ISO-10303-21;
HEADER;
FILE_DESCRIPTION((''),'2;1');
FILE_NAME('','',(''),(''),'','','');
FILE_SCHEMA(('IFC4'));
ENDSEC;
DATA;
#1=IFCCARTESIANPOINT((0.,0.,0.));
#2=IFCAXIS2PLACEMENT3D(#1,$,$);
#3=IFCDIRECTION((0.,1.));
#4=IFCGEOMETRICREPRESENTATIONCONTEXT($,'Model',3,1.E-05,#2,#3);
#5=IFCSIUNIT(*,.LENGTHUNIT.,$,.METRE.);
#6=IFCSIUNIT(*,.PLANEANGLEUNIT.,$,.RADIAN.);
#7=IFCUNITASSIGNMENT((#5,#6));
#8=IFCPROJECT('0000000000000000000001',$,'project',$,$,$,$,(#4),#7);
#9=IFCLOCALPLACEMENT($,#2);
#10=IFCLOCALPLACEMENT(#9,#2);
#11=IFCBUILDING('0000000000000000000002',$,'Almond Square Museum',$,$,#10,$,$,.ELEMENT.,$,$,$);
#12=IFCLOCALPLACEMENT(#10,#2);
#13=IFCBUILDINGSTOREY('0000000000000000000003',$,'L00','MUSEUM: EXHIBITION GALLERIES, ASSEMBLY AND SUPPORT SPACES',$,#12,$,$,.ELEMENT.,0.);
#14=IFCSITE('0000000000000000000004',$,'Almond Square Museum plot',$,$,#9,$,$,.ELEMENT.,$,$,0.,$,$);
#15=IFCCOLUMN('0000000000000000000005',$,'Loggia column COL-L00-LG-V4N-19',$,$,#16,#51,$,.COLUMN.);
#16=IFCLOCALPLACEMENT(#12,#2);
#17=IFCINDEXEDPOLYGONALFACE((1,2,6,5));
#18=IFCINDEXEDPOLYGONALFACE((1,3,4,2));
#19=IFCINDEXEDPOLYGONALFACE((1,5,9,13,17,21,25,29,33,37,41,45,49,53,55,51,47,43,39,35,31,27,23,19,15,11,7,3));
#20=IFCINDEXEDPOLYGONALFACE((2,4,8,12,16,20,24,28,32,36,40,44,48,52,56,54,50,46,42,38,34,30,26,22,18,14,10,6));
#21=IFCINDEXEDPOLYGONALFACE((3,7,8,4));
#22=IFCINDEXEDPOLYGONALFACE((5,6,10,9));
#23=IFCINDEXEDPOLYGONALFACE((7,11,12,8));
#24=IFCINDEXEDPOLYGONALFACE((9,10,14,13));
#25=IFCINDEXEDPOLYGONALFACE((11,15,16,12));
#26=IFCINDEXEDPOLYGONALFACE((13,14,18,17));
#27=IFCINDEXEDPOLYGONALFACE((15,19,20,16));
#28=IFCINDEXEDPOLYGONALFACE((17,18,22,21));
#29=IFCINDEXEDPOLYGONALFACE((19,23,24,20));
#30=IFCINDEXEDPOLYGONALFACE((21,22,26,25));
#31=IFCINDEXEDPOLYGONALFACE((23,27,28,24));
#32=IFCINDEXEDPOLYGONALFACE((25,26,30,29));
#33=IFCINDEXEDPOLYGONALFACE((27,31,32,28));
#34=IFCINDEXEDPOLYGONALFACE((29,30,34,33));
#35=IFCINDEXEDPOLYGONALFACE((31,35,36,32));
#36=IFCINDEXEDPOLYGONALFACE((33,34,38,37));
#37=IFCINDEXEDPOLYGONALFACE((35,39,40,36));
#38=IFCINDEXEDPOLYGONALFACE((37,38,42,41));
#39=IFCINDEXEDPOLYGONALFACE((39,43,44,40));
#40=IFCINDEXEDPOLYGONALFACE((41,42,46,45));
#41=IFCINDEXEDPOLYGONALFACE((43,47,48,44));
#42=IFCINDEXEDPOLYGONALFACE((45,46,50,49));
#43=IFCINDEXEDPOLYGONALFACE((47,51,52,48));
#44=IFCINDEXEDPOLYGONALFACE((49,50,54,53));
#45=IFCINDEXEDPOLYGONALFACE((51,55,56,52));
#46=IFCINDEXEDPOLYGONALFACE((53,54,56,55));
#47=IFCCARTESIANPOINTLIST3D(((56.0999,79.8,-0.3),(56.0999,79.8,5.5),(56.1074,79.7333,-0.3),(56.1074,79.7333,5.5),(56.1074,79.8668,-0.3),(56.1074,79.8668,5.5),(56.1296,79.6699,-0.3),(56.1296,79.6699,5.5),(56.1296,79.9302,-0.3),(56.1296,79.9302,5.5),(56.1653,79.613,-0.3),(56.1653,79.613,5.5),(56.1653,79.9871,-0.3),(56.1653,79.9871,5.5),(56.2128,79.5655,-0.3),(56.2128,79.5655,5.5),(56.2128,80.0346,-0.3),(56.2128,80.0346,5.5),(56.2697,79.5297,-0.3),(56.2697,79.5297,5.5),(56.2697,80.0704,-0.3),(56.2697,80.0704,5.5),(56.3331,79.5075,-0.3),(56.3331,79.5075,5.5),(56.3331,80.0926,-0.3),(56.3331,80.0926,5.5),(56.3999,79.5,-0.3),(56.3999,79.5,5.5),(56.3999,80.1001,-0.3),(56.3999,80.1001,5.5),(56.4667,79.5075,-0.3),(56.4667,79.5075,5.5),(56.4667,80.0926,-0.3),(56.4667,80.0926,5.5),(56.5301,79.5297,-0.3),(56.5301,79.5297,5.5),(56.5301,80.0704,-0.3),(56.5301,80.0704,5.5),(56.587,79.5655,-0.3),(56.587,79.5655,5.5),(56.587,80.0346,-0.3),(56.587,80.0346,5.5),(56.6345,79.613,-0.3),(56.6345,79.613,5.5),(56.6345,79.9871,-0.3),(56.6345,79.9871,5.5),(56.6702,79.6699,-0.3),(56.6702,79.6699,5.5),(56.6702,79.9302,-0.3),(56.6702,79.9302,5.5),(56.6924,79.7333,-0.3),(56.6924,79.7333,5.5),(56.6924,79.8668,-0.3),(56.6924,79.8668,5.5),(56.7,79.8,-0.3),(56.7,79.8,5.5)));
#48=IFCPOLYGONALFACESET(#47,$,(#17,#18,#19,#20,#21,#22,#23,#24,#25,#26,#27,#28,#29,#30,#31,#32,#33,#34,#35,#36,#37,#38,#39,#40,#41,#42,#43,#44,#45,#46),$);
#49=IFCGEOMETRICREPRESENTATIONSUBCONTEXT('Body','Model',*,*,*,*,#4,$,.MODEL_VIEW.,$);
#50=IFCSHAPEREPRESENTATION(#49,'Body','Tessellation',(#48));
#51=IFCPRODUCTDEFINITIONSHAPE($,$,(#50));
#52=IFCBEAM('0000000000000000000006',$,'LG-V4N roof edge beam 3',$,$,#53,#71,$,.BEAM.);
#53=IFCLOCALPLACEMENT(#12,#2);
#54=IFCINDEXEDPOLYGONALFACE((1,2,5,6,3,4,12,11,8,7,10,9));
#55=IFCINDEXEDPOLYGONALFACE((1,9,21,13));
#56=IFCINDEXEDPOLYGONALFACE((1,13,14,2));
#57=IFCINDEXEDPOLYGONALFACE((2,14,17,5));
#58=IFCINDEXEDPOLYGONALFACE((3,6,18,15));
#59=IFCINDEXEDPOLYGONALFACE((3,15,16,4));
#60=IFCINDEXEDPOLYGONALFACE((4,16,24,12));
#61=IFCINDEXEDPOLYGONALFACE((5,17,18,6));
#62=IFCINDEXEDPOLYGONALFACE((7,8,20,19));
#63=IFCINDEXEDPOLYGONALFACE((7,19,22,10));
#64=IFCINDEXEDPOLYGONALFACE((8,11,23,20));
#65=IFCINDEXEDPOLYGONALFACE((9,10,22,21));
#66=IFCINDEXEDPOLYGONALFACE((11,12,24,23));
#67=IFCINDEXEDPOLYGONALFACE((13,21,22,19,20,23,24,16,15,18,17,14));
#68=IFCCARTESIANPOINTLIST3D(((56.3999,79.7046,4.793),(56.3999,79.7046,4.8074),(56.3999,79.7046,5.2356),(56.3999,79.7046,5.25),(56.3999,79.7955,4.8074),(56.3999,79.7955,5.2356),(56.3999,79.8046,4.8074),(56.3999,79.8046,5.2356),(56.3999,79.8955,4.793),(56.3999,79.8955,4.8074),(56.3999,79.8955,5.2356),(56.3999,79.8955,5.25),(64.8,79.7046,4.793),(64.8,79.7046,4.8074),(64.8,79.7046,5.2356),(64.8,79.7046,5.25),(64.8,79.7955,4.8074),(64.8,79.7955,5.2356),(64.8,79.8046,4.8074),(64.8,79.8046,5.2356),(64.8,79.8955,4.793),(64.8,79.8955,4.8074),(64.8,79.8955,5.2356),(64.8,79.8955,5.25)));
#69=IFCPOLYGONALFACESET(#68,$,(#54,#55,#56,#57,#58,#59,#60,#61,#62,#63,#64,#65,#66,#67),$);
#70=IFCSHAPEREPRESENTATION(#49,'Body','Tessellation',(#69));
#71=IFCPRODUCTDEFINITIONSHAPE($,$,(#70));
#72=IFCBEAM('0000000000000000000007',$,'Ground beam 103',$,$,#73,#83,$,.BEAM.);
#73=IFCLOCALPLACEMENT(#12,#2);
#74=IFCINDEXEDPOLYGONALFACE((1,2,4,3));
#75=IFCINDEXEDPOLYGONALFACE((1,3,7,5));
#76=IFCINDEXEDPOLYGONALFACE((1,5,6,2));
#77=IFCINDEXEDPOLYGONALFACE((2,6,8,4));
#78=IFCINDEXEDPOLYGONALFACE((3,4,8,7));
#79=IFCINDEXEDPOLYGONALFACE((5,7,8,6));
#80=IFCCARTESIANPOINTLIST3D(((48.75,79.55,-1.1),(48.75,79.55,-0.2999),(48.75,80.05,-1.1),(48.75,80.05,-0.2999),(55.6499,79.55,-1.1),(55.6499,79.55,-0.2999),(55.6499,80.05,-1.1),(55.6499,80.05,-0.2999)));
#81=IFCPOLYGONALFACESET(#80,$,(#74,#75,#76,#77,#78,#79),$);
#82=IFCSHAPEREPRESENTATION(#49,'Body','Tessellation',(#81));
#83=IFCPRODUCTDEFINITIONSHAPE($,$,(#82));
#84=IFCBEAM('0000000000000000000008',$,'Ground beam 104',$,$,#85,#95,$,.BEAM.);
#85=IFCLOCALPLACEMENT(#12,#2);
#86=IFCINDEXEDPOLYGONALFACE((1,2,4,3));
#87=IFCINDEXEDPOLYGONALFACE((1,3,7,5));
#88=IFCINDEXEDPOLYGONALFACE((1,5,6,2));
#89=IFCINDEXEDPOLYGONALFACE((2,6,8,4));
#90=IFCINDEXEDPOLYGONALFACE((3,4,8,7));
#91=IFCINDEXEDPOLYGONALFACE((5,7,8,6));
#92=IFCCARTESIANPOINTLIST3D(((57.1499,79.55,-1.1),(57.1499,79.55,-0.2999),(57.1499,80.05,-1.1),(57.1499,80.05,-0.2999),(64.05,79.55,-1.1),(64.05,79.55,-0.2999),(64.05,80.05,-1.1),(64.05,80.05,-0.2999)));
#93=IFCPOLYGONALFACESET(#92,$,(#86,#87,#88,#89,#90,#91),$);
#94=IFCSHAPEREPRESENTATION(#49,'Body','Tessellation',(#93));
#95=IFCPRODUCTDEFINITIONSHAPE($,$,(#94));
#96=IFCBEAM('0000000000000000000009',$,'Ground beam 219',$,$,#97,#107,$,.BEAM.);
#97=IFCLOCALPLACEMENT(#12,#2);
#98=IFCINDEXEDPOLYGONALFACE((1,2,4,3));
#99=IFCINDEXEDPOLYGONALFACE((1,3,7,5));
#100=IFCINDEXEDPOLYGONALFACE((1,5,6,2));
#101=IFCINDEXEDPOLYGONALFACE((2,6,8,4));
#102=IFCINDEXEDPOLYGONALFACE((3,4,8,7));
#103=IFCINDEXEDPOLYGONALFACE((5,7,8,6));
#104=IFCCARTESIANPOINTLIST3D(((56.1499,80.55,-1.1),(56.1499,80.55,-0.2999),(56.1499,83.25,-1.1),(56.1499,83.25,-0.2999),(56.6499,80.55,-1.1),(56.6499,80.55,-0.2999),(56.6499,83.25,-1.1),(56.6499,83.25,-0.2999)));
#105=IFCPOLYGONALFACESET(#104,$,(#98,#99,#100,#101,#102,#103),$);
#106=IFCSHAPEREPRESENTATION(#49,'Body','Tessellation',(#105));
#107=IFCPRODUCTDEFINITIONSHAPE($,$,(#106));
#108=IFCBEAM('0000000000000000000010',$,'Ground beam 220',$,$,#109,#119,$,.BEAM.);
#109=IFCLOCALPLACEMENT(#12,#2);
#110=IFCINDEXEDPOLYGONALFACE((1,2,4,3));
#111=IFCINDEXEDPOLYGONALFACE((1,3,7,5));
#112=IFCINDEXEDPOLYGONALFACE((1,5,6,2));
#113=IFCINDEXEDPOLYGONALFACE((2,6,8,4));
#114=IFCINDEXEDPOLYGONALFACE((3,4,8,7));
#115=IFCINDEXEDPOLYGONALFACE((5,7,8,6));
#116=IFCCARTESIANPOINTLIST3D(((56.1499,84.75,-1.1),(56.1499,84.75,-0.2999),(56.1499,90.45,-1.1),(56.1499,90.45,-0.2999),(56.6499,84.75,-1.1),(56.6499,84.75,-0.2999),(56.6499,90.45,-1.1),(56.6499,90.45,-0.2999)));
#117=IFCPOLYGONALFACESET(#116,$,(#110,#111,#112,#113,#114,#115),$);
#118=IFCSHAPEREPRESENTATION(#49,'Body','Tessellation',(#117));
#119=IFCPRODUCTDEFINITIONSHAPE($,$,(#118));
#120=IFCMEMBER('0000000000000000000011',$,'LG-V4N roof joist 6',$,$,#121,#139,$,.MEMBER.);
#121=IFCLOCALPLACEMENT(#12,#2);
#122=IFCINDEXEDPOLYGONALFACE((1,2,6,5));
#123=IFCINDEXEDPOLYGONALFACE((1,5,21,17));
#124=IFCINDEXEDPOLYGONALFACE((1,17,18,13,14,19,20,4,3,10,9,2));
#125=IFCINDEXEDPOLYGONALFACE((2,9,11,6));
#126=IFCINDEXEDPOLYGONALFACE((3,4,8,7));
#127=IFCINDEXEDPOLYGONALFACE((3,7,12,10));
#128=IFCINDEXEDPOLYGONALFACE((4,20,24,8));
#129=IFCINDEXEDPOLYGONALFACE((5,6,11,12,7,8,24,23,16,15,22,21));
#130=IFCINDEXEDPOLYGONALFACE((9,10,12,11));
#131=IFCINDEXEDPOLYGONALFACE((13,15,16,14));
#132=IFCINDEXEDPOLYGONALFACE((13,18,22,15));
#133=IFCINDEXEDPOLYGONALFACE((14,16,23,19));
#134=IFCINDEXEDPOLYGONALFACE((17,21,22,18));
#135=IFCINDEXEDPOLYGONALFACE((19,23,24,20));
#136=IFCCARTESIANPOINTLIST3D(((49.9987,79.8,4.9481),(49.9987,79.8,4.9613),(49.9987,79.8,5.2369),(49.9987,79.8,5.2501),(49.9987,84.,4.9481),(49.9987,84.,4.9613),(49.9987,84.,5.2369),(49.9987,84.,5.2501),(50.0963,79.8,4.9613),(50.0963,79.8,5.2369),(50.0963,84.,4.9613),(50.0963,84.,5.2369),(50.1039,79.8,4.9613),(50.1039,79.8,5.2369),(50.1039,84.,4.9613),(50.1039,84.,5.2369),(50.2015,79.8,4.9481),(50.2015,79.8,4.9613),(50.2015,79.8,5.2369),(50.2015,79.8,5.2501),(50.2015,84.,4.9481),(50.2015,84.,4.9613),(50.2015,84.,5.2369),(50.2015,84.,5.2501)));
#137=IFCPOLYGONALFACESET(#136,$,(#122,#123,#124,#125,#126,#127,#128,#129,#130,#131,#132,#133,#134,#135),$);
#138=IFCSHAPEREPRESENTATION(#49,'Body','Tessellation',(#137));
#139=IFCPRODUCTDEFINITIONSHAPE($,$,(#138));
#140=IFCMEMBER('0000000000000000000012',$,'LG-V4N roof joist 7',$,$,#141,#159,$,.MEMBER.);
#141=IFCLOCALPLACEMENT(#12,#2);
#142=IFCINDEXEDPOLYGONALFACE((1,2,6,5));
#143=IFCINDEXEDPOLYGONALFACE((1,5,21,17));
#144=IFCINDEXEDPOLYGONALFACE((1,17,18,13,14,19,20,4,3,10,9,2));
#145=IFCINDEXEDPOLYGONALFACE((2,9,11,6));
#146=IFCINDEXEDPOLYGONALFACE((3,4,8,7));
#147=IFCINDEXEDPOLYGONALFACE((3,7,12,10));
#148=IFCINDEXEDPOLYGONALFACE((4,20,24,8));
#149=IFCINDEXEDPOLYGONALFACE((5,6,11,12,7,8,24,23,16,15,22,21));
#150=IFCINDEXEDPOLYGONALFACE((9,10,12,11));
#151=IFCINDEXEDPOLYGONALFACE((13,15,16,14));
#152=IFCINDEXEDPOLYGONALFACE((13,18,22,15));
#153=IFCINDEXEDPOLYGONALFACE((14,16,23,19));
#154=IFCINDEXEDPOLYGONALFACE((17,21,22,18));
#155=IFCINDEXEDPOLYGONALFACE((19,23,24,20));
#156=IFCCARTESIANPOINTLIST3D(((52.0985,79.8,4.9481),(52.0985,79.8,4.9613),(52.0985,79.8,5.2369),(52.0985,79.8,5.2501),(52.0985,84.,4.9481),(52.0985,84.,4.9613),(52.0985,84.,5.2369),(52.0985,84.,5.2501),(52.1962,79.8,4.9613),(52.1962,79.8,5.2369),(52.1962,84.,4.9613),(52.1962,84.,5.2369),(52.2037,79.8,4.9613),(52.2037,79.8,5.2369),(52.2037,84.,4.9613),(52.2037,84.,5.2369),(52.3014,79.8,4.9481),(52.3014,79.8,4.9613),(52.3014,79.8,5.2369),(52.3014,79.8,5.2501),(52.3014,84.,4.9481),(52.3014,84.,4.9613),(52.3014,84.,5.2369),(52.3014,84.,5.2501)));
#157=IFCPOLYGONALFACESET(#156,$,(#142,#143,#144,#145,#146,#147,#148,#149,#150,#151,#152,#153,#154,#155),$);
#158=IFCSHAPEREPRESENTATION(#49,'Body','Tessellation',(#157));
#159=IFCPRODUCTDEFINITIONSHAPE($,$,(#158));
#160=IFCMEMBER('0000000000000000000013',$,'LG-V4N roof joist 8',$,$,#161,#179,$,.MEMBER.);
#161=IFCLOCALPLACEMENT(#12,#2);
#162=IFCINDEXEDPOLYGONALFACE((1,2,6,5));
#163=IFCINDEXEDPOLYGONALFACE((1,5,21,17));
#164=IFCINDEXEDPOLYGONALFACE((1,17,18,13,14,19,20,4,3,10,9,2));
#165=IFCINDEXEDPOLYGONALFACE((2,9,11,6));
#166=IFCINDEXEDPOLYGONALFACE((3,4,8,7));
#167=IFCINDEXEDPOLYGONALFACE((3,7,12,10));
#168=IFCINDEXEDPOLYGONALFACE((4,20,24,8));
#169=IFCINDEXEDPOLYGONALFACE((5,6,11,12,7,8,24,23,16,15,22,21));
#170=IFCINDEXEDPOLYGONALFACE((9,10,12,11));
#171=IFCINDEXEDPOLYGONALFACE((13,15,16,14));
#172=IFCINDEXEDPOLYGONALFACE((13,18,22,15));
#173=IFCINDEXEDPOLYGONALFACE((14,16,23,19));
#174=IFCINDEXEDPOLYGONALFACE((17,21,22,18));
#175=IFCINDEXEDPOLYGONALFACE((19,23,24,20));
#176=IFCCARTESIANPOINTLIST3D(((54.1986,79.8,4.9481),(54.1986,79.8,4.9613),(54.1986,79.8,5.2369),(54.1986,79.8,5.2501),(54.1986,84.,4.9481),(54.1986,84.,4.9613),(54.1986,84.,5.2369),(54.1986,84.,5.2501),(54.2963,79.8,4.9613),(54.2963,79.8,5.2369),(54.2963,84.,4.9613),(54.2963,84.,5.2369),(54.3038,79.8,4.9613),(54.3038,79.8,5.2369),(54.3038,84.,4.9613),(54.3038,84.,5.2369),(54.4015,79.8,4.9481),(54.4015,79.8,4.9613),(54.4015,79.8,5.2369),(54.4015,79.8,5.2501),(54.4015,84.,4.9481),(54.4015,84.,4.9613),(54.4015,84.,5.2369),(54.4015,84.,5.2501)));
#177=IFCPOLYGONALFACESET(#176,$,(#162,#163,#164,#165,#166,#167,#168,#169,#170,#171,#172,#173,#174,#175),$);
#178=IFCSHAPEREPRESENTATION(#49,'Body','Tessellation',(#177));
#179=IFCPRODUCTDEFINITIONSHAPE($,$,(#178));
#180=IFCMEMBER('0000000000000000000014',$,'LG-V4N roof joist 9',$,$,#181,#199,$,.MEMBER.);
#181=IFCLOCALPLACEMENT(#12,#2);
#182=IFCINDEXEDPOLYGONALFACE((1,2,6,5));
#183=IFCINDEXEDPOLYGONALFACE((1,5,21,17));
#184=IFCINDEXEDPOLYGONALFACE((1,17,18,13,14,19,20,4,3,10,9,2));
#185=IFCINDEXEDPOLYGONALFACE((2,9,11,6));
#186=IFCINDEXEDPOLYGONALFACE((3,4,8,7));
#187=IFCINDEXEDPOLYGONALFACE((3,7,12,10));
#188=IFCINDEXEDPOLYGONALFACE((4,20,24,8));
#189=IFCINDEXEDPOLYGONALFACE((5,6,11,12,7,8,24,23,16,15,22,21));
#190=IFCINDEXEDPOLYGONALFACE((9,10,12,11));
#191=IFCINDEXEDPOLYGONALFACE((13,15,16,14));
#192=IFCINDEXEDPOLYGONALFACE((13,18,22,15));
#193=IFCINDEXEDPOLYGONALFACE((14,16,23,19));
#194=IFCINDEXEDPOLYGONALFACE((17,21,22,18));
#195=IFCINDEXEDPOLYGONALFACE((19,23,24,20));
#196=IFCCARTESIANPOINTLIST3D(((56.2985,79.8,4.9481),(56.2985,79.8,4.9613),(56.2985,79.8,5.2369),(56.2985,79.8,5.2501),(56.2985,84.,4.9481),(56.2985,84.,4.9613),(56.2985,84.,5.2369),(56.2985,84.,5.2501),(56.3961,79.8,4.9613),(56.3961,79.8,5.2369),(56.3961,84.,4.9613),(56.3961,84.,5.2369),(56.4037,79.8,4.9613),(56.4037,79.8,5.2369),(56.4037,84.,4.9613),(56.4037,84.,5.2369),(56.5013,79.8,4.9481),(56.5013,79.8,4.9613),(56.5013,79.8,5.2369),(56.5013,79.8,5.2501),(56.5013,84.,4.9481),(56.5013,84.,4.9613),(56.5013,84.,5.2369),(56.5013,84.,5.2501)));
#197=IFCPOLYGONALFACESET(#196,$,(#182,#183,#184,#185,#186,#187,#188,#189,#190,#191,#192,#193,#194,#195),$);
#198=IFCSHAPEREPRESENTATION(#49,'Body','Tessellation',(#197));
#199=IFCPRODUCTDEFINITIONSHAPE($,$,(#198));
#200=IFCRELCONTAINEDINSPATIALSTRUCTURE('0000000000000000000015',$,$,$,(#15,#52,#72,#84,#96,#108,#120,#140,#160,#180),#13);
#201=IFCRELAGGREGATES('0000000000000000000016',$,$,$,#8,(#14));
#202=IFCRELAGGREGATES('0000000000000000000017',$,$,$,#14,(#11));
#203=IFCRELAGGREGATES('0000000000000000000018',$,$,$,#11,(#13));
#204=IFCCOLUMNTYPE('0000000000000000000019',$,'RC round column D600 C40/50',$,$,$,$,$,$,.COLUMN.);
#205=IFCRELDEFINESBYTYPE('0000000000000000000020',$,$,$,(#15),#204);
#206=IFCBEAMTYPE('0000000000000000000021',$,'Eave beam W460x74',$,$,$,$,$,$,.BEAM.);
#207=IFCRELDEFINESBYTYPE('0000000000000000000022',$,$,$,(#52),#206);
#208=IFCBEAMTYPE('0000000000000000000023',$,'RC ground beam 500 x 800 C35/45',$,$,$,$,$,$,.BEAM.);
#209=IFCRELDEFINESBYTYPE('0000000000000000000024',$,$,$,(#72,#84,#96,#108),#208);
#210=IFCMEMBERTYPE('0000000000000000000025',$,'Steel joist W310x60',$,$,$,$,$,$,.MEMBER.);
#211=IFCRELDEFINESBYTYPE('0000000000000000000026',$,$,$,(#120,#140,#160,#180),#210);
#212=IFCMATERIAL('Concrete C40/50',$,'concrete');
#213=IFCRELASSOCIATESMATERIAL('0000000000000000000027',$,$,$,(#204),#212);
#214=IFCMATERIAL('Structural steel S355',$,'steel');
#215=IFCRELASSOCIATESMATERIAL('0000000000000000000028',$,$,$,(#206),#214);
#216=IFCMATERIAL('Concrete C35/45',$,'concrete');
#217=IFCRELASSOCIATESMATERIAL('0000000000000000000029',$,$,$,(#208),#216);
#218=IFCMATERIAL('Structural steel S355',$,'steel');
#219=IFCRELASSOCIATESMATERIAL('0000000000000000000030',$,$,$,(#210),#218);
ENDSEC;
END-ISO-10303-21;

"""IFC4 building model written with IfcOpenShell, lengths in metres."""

from ifc_helpers import new_model, si_unit, direction, frame, origin, origin_2d, place, context, subcontext, project, spatial, rectangle, circle, i_section, extrude, material, material_profile, profile_set, type_object, element, save


model = new_model("IFC4")

# Units and contexts
model_context = context("Model", 3, precision=1e-05, world=origin(), true_north=direction((0.0, 1.0)))
body_context = subcontext(model_context, "Body", "Model", "MODEL_VIEW")
ifc_project = project(units=[si_unit("LENGTHUNIT", "METRE"), si_unit("PLANEANGLEUNIT", "RADIAN")], contexts=[model_context])

# Site, building, storey
site_placement = place(None, origin())
site = spatial("IfcSite", under=ifc_project, at=site_placement, Name="Almond Square Museum plot", CompositionType="ELEMENT", RefElevation=0.0)
building_placement = place(site_placement, origin())
building = spatial("IfcBuilding", under=site, at=building_placement, Name="Almond Square Museum", CompositionType="ELEMENT")
storey_placement = place(building_placement, origin())
storey = spatial("IfcBuildingStorey", under=building, at=storey_placement, Name="L00", Description="MUSEUM: EXHIBITION GALLERIES, ASSEMBLY AND SUPPORT SPACES", CompositionType="ELEMENT", Elevation=0.0)

# Column
ifc_material_1 = material(Name="Concrete C40/50", Category="concrete")
ifc_material_profile_1 = material_profile(ifc_material_1, circle(Radius=0.3, at=origin_2d()))
ifc_profile_set_1 = profile_set([ifc_material_profile_1], Name="Concrete C40/50")
column_type_1 = type_object("IfcColumnType", Name="RC round column D600 C40/50", PredefinedType="COLUMN", material=ifc_profile_set_1)
column_1_placement = place(storey_placement, frame((56.3999, 79.8, -0.3), z_axis=(0.0, 0.0, 1.0), x_axis=(1.0, 0.0, 0.0)))
element("IfcColumn", 1, at=column_1_placement, inside=storey, type_object=column_type_1, Name="Loggia column COL-L00-LG-V4N-19", PredefinedType="COLUMN", context=body_context, shape_type="SweptSolid", body=[
    extrude(circle(Radius=0.3, at=origin_2d()), origin(), (0.0, 0.0, 1.0), 5.8),
])

# Beams
ifc_material_2 = material(Name="Structural steel S355", Category="steel")
ifc_material_profile_2 = material_profile(ifc_material_2, i_section(OverallWidth=0.1909, OverallDepth=0.457, WebThickness=0.009, FlangeThickness=0.0144, at=origin_2d()))
ifc_profile_set_2 = profile_set([ifc_material_profile_2], Name="Structural steel S355")
beam_type_1 = type_object("IfcBeamType", Name="Eave beam W460x74", PredefinedType="BEAM", material=ifc_profile_set_2)
beam_1_placement = place(storey_placement, frame((56.3999, 79.8, 5.0215), z_axis=(1.0, 0.0, 0.0), x_axis=(0.0, 1.0, 0.0)))
element("IfcBeam", 2, at=beam_1_placement, inside=storey, type_object=beam_type_1, Name="LG-V4N roof edge beam 3", PredefinedType="BEAM", context=body_context, shape_type="SweptSolid", body=[
    extrude(i_section(OverallWidth=0.1909, OverallDepth=0.457, WebThickness=0.009, FlangeThickness=0.0144, at=origin_2d()), origin(), (0.0, 0.0, 1.0), 8.4001),
])
ifc_material_3 = material(Name="Concrete C35/45", Category="concrete")
ifc_material_profile_3 = material_profile(ifc_material_3, rectangle(XDim=0.5, YDim=0.8, at=origin_2d()))
ifc_profile_set_3 = profile_set([ifc_material_profile_3], Name="Concrete C35/45")
beam_type_2 = type_object("IfcBeamType", Name="RC ground beam 500 x 800 C35/45", PredefinedType="BEAM", material=ifc_profile_set_3)
beam_2_placement = place(storey_placement, frame((48.75, 79.8, -0.7), z_axis=(1.0, 0.0, 0.0), x_axis=(0.0, 1.0, 0.0)))
element("IfcBeam", 3, at=beam_2_placement, inside=storey, type_object=beam_type_2, Name="Ground beam 103", PredefinedType="BEAM", context=body_context, shape_type="SweptSolid", body=[
    extrude(rectangle(XDim=0.5, YDim=0.8, at=origin_2d()), origin(), (0.0, 0.0, 1.0), 6.8999),
])
beam_3_placement = place(storey_placement, frame((57.1499, 79.8, -0.7), z_axis=(1.0, 0.0, 0.0), x_axis=(0.0, 1.0, 0.0)))
element("IfcBeam", 4, at=beam_3_placement, inside=storey, type_object=beam_type_2, Name="Ground beam 104", PredefinedType="BEAM", context=body_context, shape_type="SweptSolid", body=[
    extrude(rectangle(XDim=0.5, YDim=0.8, at=origin_2d()), origin(), (0.0, 0.0, 1.0), 6.9001),
])
beam_4_placement = place(storey_placement, frame((56.3999, 80.55, -0.7), z_axis=(0.0, 1.0, 0.0), x_axis=(-1.0, 0.0, 0.0)))
element("IfcBeam", 5, at=beam_4_placement, inside=storey, type_object=beam_type_2, Name="Ground beam 219", PredefinedType="BEAM", context=body_context, shape_type="SweptSolid", body=[
    extrude(rectangle(XDim=0.5, YDim=0.8, at=origin_2d()), origin(), (0.0, 0.0, 1.0), 2.7),
])
beam_5_placement = place(storey_placement, frame((56.3999, 84.75, -0.7), z_axis=(0.0, 1.0, 0.0), x_axis=(-1.0, 0.0, 0.0)))
element("IfcBeam", 6, at=beam_5_placement, inside=storey, type_object=beam_type_2, Name="Ground beam 220", PredefinedType="BEAM", context=body_context, shape_type="SweptSolid", body=[
    extrude(rectangle(XDim=0.5, YDim=0.8, at=origin_2d()), origin(), (0.0, 0.0, 1.0), 5.7),
])

# Members
ifc_material_4 = material(Name="Structural steel S355", Category="steel")
ifc_material_profile_4 = material_profile(ifc_material_4, i_section(OverallWidth=0.2029, OverallDepth=0.302, WebThickness=0.0076, FlangeThickness=0.0132, at=origin_2d()))
ifc_profile_set_4 = profile_set([ifc_material_profile_4], Name="Structural steel S355")
member_type = type_object("IfcMemberType", Name="Steel joist W310x60", PredefinedType="MEMBER", material=ifc_profile_set_4)
for number, where, z_axis, x_axis, name in (
    (7, (50.1001, 84.0, 5.0991), (0.0, -1.0, 0.0), (1.0, 0.0, 0.0), "LG-V4N roof joist 6"),
    (8, (52.2, 84.0, 5.0991), (0.0, -1.0, 0.0), (1.0, 0.0, 0.0), "LG-V4N roof joist 7"),
    (9, (54.3, 84.0, 5.0991), (0.0, -1.0, 0.0), (1.0, 0.0, 0.0), "LG-V4N roof joist 8"),
    (10, (56.3999, 84.0, 5.0991), (0.0, -1.0, 0.0), (1.0, 0.0, 0.0), "LG-V4N roof joist 9"),
):
    element("IfcMember", number, at=place(storey_placement, frame(where, z_axis=z_axis, x_axis=x_axis)), inside=storey, type_object=member_type, Name=name, PredefinedType="MEMBER", context=body_context, shape_type="SweptSolid", body=[
        extrude(i_section(OverallWidth=0.2029, OverallDepth=0.302, WebThickness=0.0076, FlangeThickness=0.0132, at=origin_2d()), origin(), (0.0, 0.0, 1.0), 4.2),
    ])

save(model, "model.ifc")
